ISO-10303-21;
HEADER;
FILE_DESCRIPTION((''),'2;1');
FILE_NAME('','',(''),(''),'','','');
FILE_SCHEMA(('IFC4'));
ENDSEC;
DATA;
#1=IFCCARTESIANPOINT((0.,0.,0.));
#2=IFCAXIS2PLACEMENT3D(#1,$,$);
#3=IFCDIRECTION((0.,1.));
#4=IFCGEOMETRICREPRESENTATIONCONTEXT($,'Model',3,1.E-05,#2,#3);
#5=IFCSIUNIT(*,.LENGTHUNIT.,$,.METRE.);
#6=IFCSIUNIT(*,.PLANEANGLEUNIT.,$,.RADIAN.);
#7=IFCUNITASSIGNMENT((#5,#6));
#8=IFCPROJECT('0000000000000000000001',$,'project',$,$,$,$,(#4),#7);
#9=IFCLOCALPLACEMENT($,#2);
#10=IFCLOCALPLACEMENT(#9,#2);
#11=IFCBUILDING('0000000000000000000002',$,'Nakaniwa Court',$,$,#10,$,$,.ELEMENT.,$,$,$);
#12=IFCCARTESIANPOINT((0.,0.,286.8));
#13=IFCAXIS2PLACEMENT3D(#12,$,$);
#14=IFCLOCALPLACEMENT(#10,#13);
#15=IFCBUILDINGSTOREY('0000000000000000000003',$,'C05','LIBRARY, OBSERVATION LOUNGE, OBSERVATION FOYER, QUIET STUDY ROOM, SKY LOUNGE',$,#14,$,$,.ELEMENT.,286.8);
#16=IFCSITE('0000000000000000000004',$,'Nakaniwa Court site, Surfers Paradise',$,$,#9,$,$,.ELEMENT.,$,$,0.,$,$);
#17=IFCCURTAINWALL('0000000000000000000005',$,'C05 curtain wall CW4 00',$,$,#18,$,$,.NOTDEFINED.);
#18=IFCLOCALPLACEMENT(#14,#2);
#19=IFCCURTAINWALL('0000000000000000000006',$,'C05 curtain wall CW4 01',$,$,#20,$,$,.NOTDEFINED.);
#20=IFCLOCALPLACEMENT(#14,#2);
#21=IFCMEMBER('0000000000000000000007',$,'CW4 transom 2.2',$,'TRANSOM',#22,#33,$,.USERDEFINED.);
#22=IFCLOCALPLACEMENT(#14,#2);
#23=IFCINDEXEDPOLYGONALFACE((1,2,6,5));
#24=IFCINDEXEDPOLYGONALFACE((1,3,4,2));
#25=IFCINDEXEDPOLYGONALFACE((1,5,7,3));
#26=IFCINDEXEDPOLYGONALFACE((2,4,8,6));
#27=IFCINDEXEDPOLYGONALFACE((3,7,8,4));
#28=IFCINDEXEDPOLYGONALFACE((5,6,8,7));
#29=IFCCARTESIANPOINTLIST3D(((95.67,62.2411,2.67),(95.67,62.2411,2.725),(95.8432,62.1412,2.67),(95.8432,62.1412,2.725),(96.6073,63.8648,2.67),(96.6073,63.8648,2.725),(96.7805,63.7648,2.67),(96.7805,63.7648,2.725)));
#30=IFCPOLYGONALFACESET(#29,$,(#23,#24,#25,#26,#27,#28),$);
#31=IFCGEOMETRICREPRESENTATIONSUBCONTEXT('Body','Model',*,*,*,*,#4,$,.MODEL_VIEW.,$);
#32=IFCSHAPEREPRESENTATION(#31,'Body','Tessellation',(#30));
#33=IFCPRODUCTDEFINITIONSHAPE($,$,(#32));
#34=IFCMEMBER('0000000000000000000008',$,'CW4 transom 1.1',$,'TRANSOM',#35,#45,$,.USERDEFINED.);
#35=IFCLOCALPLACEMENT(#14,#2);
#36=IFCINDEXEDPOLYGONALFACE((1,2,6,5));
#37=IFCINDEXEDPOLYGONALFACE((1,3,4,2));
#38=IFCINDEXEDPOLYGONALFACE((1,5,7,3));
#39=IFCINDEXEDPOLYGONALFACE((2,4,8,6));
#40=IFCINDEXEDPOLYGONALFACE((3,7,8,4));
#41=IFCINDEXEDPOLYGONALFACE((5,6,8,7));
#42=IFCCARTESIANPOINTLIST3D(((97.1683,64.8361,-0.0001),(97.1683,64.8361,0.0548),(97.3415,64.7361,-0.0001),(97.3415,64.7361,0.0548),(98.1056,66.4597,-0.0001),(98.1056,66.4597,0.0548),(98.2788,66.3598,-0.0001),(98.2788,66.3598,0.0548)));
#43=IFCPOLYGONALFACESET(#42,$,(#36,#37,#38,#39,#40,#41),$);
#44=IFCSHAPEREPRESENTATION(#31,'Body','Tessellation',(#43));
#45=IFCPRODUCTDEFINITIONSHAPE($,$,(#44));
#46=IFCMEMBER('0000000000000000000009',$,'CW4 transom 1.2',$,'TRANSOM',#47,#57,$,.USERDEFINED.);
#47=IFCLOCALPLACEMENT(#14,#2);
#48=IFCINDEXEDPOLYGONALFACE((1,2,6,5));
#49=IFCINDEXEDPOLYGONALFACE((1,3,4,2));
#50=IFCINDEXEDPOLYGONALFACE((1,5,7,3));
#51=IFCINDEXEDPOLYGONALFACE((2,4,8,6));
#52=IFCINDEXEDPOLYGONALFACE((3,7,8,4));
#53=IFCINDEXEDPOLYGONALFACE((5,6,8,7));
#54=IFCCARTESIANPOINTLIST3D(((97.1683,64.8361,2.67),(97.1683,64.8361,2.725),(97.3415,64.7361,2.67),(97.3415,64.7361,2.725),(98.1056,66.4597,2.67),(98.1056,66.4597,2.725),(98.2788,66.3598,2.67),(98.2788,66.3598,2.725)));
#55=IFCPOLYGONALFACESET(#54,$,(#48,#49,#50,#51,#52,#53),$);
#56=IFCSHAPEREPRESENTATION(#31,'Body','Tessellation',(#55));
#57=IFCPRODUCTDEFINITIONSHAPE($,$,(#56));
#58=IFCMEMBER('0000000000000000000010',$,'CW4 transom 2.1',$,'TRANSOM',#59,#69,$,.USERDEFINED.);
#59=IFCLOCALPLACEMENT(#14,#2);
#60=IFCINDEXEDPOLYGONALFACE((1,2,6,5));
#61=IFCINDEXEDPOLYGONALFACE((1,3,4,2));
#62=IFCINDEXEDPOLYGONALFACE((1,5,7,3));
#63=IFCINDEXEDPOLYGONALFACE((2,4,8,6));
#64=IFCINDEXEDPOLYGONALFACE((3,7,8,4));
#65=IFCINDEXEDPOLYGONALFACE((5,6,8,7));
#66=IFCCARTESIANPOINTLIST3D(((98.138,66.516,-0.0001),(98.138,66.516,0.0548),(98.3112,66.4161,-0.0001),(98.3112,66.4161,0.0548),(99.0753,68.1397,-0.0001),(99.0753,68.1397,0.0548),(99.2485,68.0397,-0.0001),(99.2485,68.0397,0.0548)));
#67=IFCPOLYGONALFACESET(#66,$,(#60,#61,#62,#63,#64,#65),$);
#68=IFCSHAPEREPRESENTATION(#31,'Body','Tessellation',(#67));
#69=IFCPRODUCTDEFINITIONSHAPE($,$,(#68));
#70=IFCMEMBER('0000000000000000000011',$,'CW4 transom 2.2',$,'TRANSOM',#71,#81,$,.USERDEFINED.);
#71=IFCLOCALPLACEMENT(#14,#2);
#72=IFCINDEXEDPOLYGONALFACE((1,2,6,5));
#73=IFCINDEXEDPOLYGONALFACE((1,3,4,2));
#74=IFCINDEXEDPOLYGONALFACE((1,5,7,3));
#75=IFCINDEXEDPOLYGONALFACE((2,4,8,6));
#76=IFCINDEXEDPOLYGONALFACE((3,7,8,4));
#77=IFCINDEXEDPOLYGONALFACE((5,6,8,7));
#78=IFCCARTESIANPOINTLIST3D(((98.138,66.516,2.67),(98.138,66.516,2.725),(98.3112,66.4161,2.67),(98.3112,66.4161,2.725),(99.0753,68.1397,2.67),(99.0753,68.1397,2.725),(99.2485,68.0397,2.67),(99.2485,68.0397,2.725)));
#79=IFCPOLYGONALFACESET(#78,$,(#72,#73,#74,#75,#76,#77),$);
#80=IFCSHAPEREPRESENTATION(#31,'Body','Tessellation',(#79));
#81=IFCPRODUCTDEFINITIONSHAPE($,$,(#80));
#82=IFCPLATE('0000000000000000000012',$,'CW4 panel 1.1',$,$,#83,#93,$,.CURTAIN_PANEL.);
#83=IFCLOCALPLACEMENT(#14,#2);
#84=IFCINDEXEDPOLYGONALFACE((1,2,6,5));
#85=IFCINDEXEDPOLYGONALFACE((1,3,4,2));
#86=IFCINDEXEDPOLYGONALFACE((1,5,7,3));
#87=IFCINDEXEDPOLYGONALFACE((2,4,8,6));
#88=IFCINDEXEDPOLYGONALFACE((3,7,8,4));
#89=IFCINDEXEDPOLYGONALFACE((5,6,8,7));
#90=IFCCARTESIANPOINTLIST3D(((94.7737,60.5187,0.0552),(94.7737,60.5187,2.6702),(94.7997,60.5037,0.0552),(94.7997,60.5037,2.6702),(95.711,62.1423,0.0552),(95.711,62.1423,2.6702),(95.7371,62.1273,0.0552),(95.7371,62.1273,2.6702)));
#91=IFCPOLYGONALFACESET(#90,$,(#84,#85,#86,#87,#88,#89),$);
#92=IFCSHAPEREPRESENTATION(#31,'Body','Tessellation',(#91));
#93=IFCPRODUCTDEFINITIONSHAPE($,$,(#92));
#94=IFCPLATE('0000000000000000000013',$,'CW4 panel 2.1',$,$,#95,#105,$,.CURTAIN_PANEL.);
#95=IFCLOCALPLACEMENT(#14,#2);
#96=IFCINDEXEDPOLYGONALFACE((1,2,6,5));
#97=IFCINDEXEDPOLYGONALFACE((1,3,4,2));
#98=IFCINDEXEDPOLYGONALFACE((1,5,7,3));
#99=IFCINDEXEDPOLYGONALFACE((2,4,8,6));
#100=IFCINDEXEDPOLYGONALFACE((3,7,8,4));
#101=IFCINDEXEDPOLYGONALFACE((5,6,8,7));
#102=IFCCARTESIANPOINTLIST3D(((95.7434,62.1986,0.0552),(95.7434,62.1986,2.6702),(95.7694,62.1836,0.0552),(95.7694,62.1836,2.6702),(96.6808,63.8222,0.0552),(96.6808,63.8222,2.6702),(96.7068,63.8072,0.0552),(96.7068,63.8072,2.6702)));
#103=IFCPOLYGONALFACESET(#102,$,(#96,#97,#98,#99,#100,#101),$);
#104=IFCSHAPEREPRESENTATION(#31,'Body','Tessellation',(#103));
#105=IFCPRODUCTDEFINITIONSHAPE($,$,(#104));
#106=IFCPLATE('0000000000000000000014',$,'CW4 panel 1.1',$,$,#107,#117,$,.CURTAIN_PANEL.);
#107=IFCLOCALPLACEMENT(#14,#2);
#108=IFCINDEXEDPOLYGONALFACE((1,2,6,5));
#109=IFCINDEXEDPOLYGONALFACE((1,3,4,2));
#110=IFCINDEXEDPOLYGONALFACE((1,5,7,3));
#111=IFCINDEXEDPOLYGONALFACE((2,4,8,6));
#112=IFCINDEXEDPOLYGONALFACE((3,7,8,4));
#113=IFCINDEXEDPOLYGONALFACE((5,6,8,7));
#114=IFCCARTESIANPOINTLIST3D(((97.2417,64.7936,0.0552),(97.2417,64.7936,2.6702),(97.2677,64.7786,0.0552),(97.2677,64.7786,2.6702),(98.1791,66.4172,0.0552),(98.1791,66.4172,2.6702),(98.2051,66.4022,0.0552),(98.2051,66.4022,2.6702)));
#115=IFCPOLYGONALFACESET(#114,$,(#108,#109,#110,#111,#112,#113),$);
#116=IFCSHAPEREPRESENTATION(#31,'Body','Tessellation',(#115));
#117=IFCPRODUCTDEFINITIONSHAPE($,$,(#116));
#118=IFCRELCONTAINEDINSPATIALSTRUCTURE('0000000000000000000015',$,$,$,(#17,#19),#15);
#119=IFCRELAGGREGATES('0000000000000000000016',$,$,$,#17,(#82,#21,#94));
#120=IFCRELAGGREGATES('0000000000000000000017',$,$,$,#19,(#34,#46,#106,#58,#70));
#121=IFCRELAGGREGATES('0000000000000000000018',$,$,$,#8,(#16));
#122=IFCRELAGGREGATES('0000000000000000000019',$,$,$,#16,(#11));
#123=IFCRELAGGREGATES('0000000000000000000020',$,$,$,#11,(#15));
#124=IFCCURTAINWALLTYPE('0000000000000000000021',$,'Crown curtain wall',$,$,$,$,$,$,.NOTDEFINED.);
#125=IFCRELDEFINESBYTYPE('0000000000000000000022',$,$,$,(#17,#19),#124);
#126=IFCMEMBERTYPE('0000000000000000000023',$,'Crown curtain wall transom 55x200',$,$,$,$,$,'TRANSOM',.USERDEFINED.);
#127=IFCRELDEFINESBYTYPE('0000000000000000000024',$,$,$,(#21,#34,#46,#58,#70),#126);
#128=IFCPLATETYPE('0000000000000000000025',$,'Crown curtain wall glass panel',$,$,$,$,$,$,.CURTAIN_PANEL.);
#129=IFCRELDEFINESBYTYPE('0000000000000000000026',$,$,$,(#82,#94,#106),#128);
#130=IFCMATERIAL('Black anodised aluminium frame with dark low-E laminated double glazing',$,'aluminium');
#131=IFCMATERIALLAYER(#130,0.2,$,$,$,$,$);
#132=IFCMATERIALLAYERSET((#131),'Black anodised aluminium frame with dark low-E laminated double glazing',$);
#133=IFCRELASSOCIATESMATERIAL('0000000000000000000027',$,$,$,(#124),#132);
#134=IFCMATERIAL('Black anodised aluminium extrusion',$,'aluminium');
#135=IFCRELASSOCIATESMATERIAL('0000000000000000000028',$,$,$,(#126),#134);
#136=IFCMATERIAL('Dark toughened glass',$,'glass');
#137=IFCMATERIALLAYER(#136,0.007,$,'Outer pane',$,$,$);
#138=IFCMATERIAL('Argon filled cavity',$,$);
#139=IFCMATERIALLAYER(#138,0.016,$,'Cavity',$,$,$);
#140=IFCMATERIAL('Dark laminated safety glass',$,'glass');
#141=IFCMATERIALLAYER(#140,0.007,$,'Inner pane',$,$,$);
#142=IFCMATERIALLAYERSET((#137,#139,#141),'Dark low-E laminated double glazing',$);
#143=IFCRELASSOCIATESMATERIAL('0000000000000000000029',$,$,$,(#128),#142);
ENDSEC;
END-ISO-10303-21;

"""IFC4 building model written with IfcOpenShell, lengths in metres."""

from ifc_helpers import new_model, si_unit, direction, frame, origin, origin_2d, place, context, subcontext, project, spatial, rectangle, extrude, material, layer, layer_set, material_profile, profile_set, type_object, element, aggregate, save


model = new_model("IFC4")

# Units and contexts
model_context = context("Model", 3, precision=1e-05, world=origin(), true_north=direction((0.0, 1.0)))
body_context = subcontext(model_context, "Body", "Model", "MODEL_VIEW")
ifc_project = project(units=[si_unit("LENGTHUNIT", "METRE"), si_unit("PLANEANGLEUNIT", "RADIAN")], contexts=[model_context])

# Site, building, storey
site_placement = place(None, origin())
site = spatial("IfcSite", under=ifc_project, at=site_placement, Name="Nakaniwa Court site, Surfers Paradise", CompositionType="ELEMENT", RefElevation=0.0)
building_placement = place(site_placement, origin())
building = spatial("IfcBuilding", under=site, at=building_placement, Name="Nakaniwa Court", CompositionType="ELEMENT")
storey_placement = place(building_placement, frame((0.0, 0.0, 286.8)))
storey = spatial("IfcBuildingStorey", under=building, at=storey_placement, Name="C05", Description="LIBRARY, OBSERVATION LOUNGE, OBSERVATION FOYER, QUIET STUDY ROOM, SKY LOUNGE", CompositionType="ELEMENT", Elevation=286.8)

# Curtain walls
ifc_material_1 = material(Name="Black anodised aluminium frame with dark low-E laminated double glazing", Category="aluminium")
ifc_layer_1 = layer(ifc_material_1, 0.2)
ifc_layer_set_1 = layer_set([ifc_layer_1], Name="Black anodised aluminium frame with dark low-E laminated double glazing")
curtain_wall_type = type_object("IfcCurtainWallType", Name="Crown curtain wall", PredefinedType="NOTDEFINED", material=ifc_layer_set_1)
curtain_wall_1_placement = place(storey_placement, origin())
curtain_wall_1 = element("IfcCurtainWall", 1, at=curtain_wall_1_placement, inside=storey, type_object=curtain_wall_type, Name="C05 curtain wall CW4 00", PredefinedType="NOTDEFINED")
ifc_material_2 = material(Name="Black anodised aluminium extrusion", Category="aluminium")
curtain_wall_2_placement = place(storey_placement, origin())
curtain_wall_2 = element("IfcCurtainWall", 2, at=curtain_wall_2_placement, inside=storey, type_object=curtain_wall_type, Name="C05 curtain wall CW4 01", PredefinedType="NOTDEFINED")

# Members
ifc_material_profile_1 = material_profile(ifc_material_2, rectangle(XDim=0.2, YDim=0.0549, at=origin_2d()), Name="Crown curtain wall transom 55x200")
ifc_profile_set_1 = profile_set([ifc_material_profile_1], Name="Black anodised aluminium extrusion")
member_type_1 = type_object("IfcMemberType", Name="Crown curtain wall transom 55x200", ElementType="TRANSOM", PredefinedType="USERDEFINED", material=ifc_profile_set_1)
member_1_placement = place(storey_placement, frame((95.7566, 62.1912, 2.6975), z_axis=(0.499963, 0.866047, 0.0), x_axis=(-0.866047, 0.499963, 0.0)))
member_1 = element("IfcMember", 3, at=member_1_placement, type_object=member_type_1, Name="CW4 transom 2.2", ObjectType="TRANSOM", PredefinedType="USERDEFINED", context=body_context, shape_type="SweptSolid", body=[
    extrude(rectangle(XDim=0.2, YDim=0.0549, at=origin_2d()), origin(), (0.0, 0.0, 1.0), 1.8748),
])
member_2_placement = place(storey_placement, frame((97.2549, 64.7861, 0.0273), z_axis=(0.499963, 0.866047, 0.0), x_axis=(-0.866047, 0.499963, 0.0)))
member_2 = element("IfcMember", 4, at=member_2_placement, type_object=member_type_1, Name="CW4 transom 1.1", ObjectType="TRANSOM", PredefinedType="USERDEFINED", context=body_context, shape_type="SweptSolid", body=[
    extrude(rectangle(XDim=0.2, YDim=0.0549, at=origin_2d()), origin(), (0.0, 0.0, 1.0), 1.8748),
])
member_3_placement = place(storey_placement, frame((97.2549, 64.7861, 2.6975), z_axis=(0.499963, 0.866047, 0.0), x_axis=(-0.866047, 0.499963, 0.0)))
member_3 = element("IfcMember", 5, at=member_3_placement, type_object=member_type_1, Name="CW4 transom 1.2", ObjectType="TRANSOM", PredefinedType="USERDEFINED", context=body_context, shape_type="SweptSolid", body=[
    extrude(rectangle(XDim=0.2, YDim=0.0549, at=origin_2d()), origin(), (0.0, 0.0, 1.0), 1.8748),
])
member_4_placement = place(storey_placement, frame((98.2246, 66.4661, 0.0273), z_axis=(0.499963, 0.866047, 0.0), x_axis=(-0.866047, 0.499963, 0.0)))
member_4 = element("IfcMember", 6, at=member_4_placement, type_object=member_type_1, Name="CW4 transom 2.1", ObjectType="TRANSOM", PredefinedType="USERDEFINED", context=body_context, shape_type="SweptSolid", body=[
    extrude(rectangle(XDim=0.2, YDim=0.0549, at=origin_2d()), origin(), (0.0, 0.0, 1.0), 1.8748),
])
member_5_placement = place(storey_placement, frame((98.2246, 66.4661, 2.6975), z_axis=(0.499963, 0.866047, 0.0), x_axis=(-0.866047, 0.499963, 0.0)))
member_5 = element("IfcMember", 7, at=member_5_placement, type_object=member_type_1, Name="CW4 transom 2.2", ObjectType="TRANSOM", PredefinedType="USERDEFINED", context=body_context, shape_type="SweptSolid", body=[
    extrude(rectangle(XDim=0.2, YDim=0.0549, at=origin_2d()), origin(), (0.0, 0.0, 1.0), 1.8748),
])

# Plates
ifc_material_3 = material(Name="Dark toughened glass", Category="glass")
ifc_layer_2 = layer(ifc_material_3, 0.007, Name="Outer pane")
ifc_material_4 = material(Name="Argon filled cavity")
ifc_layer_3 = layer(ifc_material_4, 0.016, Name="Cavity")
ifc_material_5 = material(Name="Dark laminated safety glass", Category="glass")
ifc_layer_4 = layer(ifc_material_5, 0.007, Name="Inner pane")
ifc_layer_set_2 = layer_set([ifc_layer_2, ifc_layer_3, ifc_layer_4], Name="Dark low-E laminated double glazing")
plate_type = type_object("IfcPlateType", Name="Crown curtain wall glass panel", PredefinedType="CURTAIN_PANEL", material=ifc_layer_set_2)
plate_1_placement = place(storey_placement, frame((95.2554, 61.323, 0.0552), z_axis=(0.0, 0.0, 1.0), x_axis=(0.499987, 0.866033, 0.0)))
plate_1 = element("IfcPlate", 8, at=plate_1_placement, type_object=plate_type, Name="CW4 panel 1.1", PredefinedType="CURTAIN_PANEL", context=body_context, shape_type="SweptSolid", body=[
    extrude(rectangle(XDim=1.8748, YDim=0.03, at=origin_2d()), origin(), (0.0, 0.0, 1.0), 2.615),
])
plate_2_placement = place(storey_placement, frame((96.2251, 63.0029, 0.0552), z_axis=(0.0, 0.0, 1.0), x_axis=(0.499987, 0.866033, 0.0)))
plate_2 = element("IfcPlate", 9, at=plate_2_placement, type_object=plate_type, Name="CW4 panel 2.1", PredefinedType="CURTAIN_PANEL", context=body_context, shape_type="SweptSolid", body=[
    extrude(rectangle(XDim=1.8748, YDim=0.03, at=origin_2d()), origin(), (0.0, 0.0, 1.0), 2.615),
])
aggregate(curtain_wall_1, [plate_1, member_1, plate_2])
plate_3_placement = place(storey_placement, frame((97.7234, 65.5979, 0.0552), z_axis=(0.0, 0.0, 1.0), x_axis=(0.499987, 0.866033, 0.0)))
plate_3 = element("IfcPlate", 10, at=plate_3_placement, type_object=plate_type, Name="CW4 panel 1.1", PredefinedType="CURTAIN_PANEL", context=body_context, shape_type="SweptSolid", body=[
    extrude(rectangle(XDim=1.8748, YDim=0.03, at=origin_2d()), origin(), (0.0, 0.0, 1.0), 2.615),
])
aggregate(curtain_wall_2, [member_2, member_3, plate_3, member_4, member_5])

save(model, "model.ifc")
